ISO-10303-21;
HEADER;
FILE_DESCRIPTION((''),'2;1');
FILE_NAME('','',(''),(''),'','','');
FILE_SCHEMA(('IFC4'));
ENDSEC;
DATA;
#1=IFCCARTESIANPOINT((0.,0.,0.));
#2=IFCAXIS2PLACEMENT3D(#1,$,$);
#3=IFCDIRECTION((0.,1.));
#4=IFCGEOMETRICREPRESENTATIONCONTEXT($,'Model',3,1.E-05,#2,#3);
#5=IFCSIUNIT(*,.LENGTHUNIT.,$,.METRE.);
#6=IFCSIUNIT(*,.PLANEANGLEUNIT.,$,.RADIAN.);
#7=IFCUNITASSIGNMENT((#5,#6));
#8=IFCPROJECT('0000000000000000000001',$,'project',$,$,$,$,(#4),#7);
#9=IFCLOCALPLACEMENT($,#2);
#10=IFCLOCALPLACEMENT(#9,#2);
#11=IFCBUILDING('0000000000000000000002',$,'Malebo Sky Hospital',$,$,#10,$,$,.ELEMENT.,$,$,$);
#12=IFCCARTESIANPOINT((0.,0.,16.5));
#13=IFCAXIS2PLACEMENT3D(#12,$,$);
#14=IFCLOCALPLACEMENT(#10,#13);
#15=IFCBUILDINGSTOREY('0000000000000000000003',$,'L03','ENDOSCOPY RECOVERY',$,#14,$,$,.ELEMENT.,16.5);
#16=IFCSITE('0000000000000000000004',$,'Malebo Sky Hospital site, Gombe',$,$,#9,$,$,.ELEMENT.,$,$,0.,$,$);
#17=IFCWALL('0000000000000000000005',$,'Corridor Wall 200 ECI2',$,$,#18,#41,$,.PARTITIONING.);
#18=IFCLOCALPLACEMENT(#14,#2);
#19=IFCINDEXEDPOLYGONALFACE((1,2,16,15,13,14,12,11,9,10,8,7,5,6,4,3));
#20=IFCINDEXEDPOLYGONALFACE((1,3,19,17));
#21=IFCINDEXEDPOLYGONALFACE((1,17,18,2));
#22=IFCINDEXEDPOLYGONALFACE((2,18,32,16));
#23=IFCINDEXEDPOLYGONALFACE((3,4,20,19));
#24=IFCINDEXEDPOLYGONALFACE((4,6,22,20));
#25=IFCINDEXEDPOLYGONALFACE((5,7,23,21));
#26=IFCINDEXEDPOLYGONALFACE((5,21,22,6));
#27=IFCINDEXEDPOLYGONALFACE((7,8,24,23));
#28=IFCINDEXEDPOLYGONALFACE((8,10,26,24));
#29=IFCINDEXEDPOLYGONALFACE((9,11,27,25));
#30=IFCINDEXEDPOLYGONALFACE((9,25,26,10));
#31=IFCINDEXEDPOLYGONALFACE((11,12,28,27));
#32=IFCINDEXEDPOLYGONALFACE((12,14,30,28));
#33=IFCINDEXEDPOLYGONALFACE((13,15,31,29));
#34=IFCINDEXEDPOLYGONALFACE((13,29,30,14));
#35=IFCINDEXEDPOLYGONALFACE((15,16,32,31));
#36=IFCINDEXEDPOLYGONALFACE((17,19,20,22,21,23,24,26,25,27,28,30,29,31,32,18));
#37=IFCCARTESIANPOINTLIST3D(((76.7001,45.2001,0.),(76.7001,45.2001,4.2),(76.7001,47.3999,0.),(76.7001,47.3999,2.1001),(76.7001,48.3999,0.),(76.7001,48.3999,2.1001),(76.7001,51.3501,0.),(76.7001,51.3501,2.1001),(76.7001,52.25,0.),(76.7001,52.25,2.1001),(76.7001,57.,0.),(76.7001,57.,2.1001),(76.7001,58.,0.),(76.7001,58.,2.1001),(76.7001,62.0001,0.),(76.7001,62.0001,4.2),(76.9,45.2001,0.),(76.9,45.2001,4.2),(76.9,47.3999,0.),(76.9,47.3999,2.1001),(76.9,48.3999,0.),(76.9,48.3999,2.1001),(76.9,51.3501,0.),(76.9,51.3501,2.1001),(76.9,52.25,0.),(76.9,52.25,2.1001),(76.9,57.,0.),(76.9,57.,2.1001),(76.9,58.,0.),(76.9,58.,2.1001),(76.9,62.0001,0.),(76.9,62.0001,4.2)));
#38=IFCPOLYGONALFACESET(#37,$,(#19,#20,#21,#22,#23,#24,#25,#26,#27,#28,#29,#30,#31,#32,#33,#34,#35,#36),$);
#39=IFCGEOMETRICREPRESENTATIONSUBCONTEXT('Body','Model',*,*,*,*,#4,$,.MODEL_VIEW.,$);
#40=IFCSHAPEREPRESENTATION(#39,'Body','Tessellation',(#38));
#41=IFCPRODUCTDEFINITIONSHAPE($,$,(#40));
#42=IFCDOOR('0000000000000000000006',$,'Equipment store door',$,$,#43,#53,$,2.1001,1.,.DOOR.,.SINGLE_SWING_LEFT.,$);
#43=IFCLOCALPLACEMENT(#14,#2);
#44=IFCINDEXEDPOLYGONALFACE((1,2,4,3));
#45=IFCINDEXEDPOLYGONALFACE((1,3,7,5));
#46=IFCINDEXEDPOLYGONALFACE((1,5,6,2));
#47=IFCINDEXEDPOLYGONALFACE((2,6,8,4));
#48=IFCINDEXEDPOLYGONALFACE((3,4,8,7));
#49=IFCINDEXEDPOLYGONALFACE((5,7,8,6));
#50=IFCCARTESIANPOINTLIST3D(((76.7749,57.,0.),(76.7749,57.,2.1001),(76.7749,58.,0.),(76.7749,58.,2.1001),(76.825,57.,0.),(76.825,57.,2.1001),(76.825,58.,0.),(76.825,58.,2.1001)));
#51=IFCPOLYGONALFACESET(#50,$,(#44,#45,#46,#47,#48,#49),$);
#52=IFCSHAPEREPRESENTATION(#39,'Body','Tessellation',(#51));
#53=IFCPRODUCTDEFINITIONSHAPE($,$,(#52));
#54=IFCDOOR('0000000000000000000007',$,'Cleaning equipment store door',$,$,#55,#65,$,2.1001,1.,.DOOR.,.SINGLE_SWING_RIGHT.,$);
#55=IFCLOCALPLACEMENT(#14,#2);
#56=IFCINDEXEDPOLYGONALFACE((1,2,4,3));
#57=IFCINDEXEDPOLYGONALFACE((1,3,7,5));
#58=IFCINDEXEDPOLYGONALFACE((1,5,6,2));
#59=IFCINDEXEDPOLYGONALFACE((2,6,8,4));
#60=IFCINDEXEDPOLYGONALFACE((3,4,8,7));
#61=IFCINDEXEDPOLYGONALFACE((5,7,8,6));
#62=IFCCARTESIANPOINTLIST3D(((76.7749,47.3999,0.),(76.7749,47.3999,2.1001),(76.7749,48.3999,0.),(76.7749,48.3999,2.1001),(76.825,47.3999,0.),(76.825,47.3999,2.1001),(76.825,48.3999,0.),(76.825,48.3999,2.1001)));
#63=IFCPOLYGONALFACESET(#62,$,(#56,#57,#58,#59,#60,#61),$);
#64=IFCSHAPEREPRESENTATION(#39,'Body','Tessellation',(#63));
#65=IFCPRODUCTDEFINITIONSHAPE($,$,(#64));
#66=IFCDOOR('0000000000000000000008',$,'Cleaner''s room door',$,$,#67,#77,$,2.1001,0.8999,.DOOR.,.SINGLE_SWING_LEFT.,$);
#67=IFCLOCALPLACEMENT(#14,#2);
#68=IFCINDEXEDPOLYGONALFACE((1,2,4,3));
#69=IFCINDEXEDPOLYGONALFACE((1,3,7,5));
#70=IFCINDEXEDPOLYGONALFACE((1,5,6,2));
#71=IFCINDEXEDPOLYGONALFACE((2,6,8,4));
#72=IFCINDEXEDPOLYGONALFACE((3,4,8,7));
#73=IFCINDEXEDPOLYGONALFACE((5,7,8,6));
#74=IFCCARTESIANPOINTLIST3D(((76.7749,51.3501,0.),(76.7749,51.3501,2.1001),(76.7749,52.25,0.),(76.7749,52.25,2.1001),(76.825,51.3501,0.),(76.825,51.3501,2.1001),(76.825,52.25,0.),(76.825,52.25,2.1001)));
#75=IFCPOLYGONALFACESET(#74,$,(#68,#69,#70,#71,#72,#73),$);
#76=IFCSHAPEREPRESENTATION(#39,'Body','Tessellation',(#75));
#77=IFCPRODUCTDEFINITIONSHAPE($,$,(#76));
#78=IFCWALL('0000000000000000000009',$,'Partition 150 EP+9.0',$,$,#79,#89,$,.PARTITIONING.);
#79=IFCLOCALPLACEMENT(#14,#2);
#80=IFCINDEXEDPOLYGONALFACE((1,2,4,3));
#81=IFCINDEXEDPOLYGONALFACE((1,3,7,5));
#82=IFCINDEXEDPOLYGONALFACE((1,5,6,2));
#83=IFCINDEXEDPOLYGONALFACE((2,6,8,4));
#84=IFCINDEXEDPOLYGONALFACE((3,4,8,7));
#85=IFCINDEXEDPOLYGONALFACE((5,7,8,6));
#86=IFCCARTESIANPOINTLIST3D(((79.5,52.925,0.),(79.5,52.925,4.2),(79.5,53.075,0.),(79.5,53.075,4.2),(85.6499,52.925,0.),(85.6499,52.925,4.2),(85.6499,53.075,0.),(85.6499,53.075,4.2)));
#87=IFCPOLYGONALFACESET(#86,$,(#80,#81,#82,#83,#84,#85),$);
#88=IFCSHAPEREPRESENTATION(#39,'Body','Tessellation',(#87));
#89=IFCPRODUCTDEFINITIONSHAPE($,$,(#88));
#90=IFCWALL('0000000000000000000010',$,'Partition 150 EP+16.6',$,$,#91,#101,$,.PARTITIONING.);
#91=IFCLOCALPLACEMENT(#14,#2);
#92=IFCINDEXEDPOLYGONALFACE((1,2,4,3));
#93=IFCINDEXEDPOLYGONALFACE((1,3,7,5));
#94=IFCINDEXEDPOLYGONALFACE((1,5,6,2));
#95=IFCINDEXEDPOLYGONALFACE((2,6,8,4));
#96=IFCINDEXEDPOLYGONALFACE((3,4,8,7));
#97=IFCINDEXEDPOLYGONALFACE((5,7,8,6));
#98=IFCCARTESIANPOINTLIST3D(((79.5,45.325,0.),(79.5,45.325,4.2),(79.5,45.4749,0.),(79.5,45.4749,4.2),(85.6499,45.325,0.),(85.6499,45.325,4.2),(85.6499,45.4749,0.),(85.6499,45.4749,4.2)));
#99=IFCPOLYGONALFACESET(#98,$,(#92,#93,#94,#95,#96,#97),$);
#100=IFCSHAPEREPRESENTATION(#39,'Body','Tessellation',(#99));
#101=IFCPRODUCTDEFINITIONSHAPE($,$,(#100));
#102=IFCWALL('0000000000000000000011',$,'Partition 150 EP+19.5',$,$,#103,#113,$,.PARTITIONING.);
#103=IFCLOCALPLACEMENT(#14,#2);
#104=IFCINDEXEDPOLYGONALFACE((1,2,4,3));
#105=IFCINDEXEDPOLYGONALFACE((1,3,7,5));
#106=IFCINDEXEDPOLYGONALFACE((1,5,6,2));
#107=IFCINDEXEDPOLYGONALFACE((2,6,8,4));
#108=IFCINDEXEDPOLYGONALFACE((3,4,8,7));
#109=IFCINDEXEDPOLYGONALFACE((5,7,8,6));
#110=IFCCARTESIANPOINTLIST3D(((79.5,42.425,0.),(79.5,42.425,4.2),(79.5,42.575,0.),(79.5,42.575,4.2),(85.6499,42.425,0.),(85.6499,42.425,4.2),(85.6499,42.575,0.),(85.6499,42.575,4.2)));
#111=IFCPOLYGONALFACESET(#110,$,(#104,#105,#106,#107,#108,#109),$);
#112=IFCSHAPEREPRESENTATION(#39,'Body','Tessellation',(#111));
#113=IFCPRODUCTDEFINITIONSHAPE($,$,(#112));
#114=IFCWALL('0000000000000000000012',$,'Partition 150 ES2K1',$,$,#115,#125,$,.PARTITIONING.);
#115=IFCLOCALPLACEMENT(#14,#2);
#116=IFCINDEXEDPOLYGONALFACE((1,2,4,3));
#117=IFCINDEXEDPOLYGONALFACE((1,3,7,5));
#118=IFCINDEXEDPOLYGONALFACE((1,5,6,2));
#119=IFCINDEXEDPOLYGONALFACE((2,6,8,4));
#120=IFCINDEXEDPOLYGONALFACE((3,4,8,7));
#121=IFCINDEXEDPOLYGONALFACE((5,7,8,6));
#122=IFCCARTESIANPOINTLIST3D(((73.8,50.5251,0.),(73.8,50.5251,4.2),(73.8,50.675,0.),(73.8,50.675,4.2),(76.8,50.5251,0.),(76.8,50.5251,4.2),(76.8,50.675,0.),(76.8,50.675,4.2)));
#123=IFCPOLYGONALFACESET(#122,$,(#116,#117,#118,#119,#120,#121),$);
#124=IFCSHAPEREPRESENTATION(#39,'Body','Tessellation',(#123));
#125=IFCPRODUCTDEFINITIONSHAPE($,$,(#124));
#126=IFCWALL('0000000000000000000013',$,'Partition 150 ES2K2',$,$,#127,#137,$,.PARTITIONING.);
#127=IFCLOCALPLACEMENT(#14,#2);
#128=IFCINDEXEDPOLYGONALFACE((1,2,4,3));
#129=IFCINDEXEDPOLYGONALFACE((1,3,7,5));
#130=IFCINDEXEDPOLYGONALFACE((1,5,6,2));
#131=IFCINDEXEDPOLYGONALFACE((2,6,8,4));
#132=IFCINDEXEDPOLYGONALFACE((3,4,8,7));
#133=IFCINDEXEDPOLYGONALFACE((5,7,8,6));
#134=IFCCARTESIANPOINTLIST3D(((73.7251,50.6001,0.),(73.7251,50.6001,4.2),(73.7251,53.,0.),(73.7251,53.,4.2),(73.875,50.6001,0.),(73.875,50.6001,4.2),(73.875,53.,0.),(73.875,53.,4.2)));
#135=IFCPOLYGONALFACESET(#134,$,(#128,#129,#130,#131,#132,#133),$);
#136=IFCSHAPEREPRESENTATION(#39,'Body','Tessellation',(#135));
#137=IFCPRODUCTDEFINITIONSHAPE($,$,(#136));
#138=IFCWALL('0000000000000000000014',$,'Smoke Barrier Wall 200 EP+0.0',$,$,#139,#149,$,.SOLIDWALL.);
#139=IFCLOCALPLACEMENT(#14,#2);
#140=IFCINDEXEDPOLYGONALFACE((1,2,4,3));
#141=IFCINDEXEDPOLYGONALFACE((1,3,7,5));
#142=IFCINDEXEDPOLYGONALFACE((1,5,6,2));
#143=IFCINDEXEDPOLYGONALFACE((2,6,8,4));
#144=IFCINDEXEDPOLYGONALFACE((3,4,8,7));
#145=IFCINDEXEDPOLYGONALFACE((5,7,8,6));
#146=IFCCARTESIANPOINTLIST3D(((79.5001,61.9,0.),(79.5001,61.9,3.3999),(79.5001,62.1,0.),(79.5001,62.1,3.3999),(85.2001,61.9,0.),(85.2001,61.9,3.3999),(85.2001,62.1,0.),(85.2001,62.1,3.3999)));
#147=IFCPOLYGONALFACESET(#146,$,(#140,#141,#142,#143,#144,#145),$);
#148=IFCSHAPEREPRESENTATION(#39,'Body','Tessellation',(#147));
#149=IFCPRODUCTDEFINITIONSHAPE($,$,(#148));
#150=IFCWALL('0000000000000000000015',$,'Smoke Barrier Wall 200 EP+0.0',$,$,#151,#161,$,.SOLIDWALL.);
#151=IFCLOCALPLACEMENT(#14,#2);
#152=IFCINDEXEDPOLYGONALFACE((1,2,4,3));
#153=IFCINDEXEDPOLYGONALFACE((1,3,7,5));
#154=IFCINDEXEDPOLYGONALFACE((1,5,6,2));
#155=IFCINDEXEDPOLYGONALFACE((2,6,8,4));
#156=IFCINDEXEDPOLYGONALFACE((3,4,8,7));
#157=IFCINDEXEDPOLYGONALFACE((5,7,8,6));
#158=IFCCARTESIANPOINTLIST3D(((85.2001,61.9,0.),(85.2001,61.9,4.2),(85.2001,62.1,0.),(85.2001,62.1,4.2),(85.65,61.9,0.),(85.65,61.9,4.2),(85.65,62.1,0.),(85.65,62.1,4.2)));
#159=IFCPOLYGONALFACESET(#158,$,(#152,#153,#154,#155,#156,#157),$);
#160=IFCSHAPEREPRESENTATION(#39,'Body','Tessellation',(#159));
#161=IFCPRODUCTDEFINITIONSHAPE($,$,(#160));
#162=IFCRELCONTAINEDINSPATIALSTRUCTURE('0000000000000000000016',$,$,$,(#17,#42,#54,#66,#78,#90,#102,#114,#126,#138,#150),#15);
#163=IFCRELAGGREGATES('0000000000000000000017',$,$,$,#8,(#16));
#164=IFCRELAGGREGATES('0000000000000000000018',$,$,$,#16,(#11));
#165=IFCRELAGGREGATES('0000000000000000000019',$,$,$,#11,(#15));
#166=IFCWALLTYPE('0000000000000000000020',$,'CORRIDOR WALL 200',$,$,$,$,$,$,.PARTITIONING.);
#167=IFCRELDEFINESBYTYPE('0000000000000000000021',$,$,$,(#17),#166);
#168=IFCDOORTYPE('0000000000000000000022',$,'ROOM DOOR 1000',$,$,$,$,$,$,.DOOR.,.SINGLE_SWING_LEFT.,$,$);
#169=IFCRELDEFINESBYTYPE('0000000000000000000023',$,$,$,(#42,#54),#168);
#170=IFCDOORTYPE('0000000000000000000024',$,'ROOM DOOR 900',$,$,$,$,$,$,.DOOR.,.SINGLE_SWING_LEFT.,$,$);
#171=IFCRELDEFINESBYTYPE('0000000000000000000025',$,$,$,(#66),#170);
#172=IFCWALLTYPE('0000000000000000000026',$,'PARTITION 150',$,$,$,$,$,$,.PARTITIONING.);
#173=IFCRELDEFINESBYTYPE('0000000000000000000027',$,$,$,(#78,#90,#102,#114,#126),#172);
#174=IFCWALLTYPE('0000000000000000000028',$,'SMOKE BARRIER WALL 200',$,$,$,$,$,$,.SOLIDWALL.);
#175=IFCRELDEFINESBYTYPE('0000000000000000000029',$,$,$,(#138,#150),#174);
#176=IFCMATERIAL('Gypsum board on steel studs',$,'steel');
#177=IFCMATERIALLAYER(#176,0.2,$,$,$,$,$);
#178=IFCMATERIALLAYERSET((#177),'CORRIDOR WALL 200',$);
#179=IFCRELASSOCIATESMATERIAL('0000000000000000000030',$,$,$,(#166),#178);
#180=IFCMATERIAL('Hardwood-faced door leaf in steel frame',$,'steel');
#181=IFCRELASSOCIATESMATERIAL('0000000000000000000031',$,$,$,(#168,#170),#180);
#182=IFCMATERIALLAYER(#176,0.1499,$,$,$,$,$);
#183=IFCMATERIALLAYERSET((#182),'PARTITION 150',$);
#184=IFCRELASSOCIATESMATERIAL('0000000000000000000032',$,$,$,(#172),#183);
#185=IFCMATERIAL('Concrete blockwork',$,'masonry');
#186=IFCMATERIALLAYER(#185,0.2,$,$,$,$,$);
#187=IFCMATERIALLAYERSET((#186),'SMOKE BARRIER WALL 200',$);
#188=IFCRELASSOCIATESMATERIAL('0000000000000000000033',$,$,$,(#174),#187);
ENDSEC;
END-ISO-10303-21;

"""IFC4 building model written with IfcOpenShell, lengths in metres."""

from ifc_helpers import new_model, si_unit, direction, frame, frame_2d, origin, place, context, subcontext, project, spatial, rectangle, extrude, material, layer, layer_set, type_object, element, fill, save


model = new_model("IFC4")

# Units and contexts
model_context = context("Model", 3, precision=1e-05, world=origin(), true_north=direction((0.0, 1.0)))
body_context = subcontext(model_context, "Body", "Model", "MODEL_VIEW")
ifc_project = project(units=[si_unit("LENGTHUNIT", "METRE"), si_unit("PLANEANGLEUNIT", "RADIAN")], contexts=[model_context])

# Site, building, storey
site_placement = place(None, origin())
site = spatial("IfcSite", under=ifc_project, at=site_placement, Name="Malebo Sky Hospital site, Gombe", CompositionType="ELEMENT", RefElevation=0.0)
building_placement = place(site_placement, origin())
building = spatial("IfcBuilding", under=site, at=building_placement, Name="Malebo Sky Hospital", CompositionType="ELEMENT")
storey_placement = place(building_placement, frame((0.0, 0.0, 16.5)))
storey = spatial("IfcBuildingStorey", under=building, at=storey_placement, Name="L03", Description="ENDOSCOPY RECOVERY", CompositionType="ELEMENT", Elevation=16.5)

# Shared definitions
ifc_material_1 = material(Name="Gypsum board on steel studs", Category="steel")
ifc_layer_1 = layer(ifc_material_1, 0.2)
ifc_layer_set_1 = layer_set([ifc_layer_1], Name="CORRIDOR WALL 200")
wall_type_1 = type_object("IfcWallType", Name="CORRIDOR WALL 200", PredefinedType="PARTITIONING", material=ifc_layer_set_1)
ifc_material_2 = material(Name="Hardwood-faced door leaf in steel frame", Category="steel")
door_type_1 = type_object("IfcDoorType", Name="ROOM DOOR 1000", OperationType="SINGLE_SWING_LEFT", PredefinedType="DOOR", material=ifc_material_2)

# Wall, openings, doors
wall_1_placement = place(storey_placement, frame((76.8, 62.0, 0.0), z_axis=(0.0, 0.0, 1.0), x_axis=(0.0, -1.0, 0.0)))
wall_1 = element("IfcWall", 1, at=wall_1_placement, inside=storey, type_object=wall_type_1, Name="Corridor Wall 200 ECI2", PredefinedType="PARTITIONING", context=body_context, shape_type="SweptSolid", body=[
    extrude(rectangle(XDim=16.8, YDim=0.2, at=frame_2d((8.3999, 0.0))), origin(), (0.0, 0.0, 1.0), 4.2),
])
opening_1_placement = place(wall_1_placement, frame((4.0, 0.0, 0.0)))
opening_1 = element("IfcOpeningElement", 2, at=opening_1_placement, cuts=wall_1, PredefinedType="OPENING", context=body_context, shape_type="SweptSolid", body=[
    extrude(rectangle(XDim=1.0, YDim=2.1001, at=frame_2d((0.5, 1.05))), frame((0.0, 0.1099, 0.0), z_axis=(0.0, -1.0, 0.0), x_axis=(1.0, 0.0, 0.0)), (0.0, 0.0, 1.0), 0.22),
])
opening_2_placement = place(wall_1_placement, frame((9.75, 0.0, 0.0)))
opening_2 = element("IfcOpeningElement", 3, at=opening_2_placement, cuts=wall_1, PredefinedType="OPENING", context=body_context, shape_type="SweptSolid", body=[
    extrude(rectangle(XDim=0.8999, YDim=2.1001, at=frame_2d((0.45, 1.05))), frame((0.0, 0.1099, 0.0), z_axis=(0.0, -1.0, 0.0), x_axis=(1.0, 0.0, 0.0)), (0.0, 0.0, 1.0), 0.22),
])
opening_3_placement = place(wall_1_placement, frame((13.6001, 0.0, 0.0)))
opening_3 = element("IfcOpeningElement", 4, at=opening_3_placement, cuts=wall_1, PredefinedType="OPENING", context=body_context, shape_type="SweptSolid", body=[
    extrude(rectangle(XDim=1.0, YDim=2.1001, at=frame_2d((0.5, 1.05))), frame((0.0, 0.1099, 0.0), z_axis=(0.0, -1.0, 0.0), x_axis=(1.0, 0.0, 0.0)), (0.0, 0.0, 1.0), 0.22),
])
door_1_placement = place(opening_1_placement, origin())
door_1 = element("IfcDoor", 5, at=door_1_placement, inside=storey, type_object=door_type_1, Name="Equipment store door", OperationType="SINGLE_SWING_LEFT", OverallHeight=2.1001, OverallWidth=1.0, PredefinedType="DOOR", context=body_context, shape_type="SweptSolid", body=[
    extrude(rectangle(XDim=1.0, YDim=2.1001, at=frame_2d((0.5, 1.05))), frame((0.0, 0.0249, 0.0), z_axis=(0.0, -1.0, 0.0), x_axis=(1.0, 0.0, 0.0)), (0.0, 0.0, 1.0), 0.05),
])
fill(opening_1, door_1)
door_2_placement = place(opening_3_placement, origin())
door_2 = element("IfcDoor", 6, at=door_2_placement, inside=storey, type_object=door_type_1, Name="Cleaning equipment store door", OperationType="SINGLE_SWING_RIGHT", OverallHeight=2.1001, OverallWidth=1.0, PredefinedType="DOOR", context=body_context, shape_type="SweptSolid", body=[
    extrude(rectangle(XDim=1.0, YDim=2.1001, at=frame_2d((0.5, 1.05))), frame((0.0, 0.0249, 0.0), z_axis=(0.0, -1.0, 0.0), x_axis=(1.0, 0.0, 0.0)), (0.0, 0.0, 1.0), 0.05),
])
fill(opening_3, door_2)
door_type_2 = type_object("IfcDoorType", Name="ROOM DOOR 900", OperationType="SINGLE_SWING_LEFT", PredefinedType="DOOR", material=ifc_material_2)
door_3_placement = place(opening_2_placement, origin())
door_3 = element("IfcDoor", 7, at=door_3_placement, inside=storey, type_object=door_type_2, Name="Cleaner's room door", OperationType="SINGLE_SWING_LEFT", OverallHeight=2.1001, OverallWidth=0.8999, PredefinedType="DOOR", context=body_context, shape_type="SweptSolid", body=[
    extrude(rectangle(XDim=0.8999, YDim=2.1001, at=frame_2d((0.45, 1.05))), frame((0.0, 0.0249, 0.0), z_axis=(0.0, -1.0, 0.0), x_axis=(1.0, 0.0, 0.0)), (0.0, 0.0, 1.0), 0.05),
])
fill(opening_2, door_3)

# Walls
ifc_layer_2 = layer(ifc_material_1, 0.1499)
ifc_layer_set_2 = layer_set([ifc_layer_2], Name="PARTITION 150")
wall_type_2 = type_object("IfcWallType", Name="PARTITION 150", PredefinedType="PARTITIONING", material=ifc_layer_set_2)
for number, where, z_axis, x_axis, name in (
    (8, (79.5, 53.0, 0.0), (0.0, 0.0, 1.0), (1.0, 0.0, 0.0), "Partition 150 EP+9.0"),
    (9, (79.5, 45.3999, 0.0), (0.0, 0.0, 1.0), (1.0, 0.0, 0.0), "Partition 150 EP+16.6"),
    (10, (79.5, 42.5, 0.0), (0.0, 0.0, 1.0), (1.0, 0.0, 0.0), "Partition 150 EP+19.5"),
):
    element("IfcWall", number, at=place(storey_placement, frame(where, z_axis=z_axis, x_axis=x_axis)), inside=storey, type_object=wall_type_2, Name=name, PredefinedType="PARTITIONING", context=body_context, shape_type="SweptSolid", body=[
        extrude(rectangle(XDim=6.1499, YDim=0.1499, at=frame_2d((3.075, 0.0))), origin(), (0.0, 0.0, 1.0), 4.2),
    ])
wall_2_placement = place(storey_placement, frame((73.8, 50.6001, 0.0), z_axis=(0.0, 0.0, 1.0), x_axis=(1.0, 0.0, 0.0)))
element("IfcWall", 11, at=wall_2_placement, inside=storey, type_object=wall_type_2, Name="Partition 150 ES2K1", PredefinedType="PARTITIONING", context=body_context, shape_type="SweptSolid", body=[
    extrude(rectangle(XDim=3.0, YDim=0.1499, at=frame_2d((1.5, 0.0))), origin(), (0.0, 0.0, 1.0), 4.2),
])
wall_3_placement = place(storey_placement, frame((73.8, 53.0, 0.0), z_axis=(0.0, 0.0, 1.0), x_axis=(0.0, -1.0, 0.0)))
element("IfcWall", 12, at=wall_3_placement, inside=storey, type_object=wall_type_2, Name="Partition 150 ES2K2", PredefinedType="PARTITIONING", context=body_context, shape_type="SweptSolid", body=[
    extrude(rectangle(XDim=2.3999, YDim=0.1499, at=frame_2d((1.2, 0.0))), origin(), (0.0, 0.0, 1.0), 4.2),
])
ifc_material_3 = material(Name="Concrete blockwork", Category="masonry")
ifc_layer_3 = layer(ifc_material_3, 0.2)
ifc_layer_set_3 = layer_set([ifc_layer_3], Name="SMOKE BARRIER WALL 200")
wall_type_3 = type_object("IfcWallType", Name="SMOKE BARRIER WALL 200", PredefinedType="SOLIDWALL", material=ifc_layer_set_3)
wall_4_placement = place(storey_placement, frame((79.5, 62.0, 0.0), z_axis=(0.0, 0.0, 1.0), x_axis=(1.0, 0.0, 0.0)))
element("IfcWall", 13, at=wall_4_placement, inside=storey, type_object=wall_type_3, Name="Smoke Barrier Wall 200 EP+0.0", PredefinedType="SOLIDWALL", context=body_context, shape_type="SweptSolid", body=[
    extrude(rectangle(XDim=5.7, YDim=0.2, at=frame_2d((2.8501, 0.0))), origin(), (0.0, 0.0, 1.0), 3.3999),
])
wall_5_placement = place(storey_placement, frame((85.2, 62.0, 0.0), z_axis=(0.0, 0.0, 1.0), x_axis=(1.0, 0.0, 0.0)))
element("IfcWall", 14, at=wall_5_placement, inside=storey, type_object=wall_type_3, Name="Smoke Barrier Wall 200 EP+0.0", PredefinedType="SOLIDWALL", context=body_context, shape_type="SweptSolid", body=[
    extrude(rectangle(XDim=0.45, YDim=0.2, at=frame_2d((0.2251, 0.0))), origin(), (0.0, 0.0, 1.0), 4.2),
])

save(model, "model.ifc")
